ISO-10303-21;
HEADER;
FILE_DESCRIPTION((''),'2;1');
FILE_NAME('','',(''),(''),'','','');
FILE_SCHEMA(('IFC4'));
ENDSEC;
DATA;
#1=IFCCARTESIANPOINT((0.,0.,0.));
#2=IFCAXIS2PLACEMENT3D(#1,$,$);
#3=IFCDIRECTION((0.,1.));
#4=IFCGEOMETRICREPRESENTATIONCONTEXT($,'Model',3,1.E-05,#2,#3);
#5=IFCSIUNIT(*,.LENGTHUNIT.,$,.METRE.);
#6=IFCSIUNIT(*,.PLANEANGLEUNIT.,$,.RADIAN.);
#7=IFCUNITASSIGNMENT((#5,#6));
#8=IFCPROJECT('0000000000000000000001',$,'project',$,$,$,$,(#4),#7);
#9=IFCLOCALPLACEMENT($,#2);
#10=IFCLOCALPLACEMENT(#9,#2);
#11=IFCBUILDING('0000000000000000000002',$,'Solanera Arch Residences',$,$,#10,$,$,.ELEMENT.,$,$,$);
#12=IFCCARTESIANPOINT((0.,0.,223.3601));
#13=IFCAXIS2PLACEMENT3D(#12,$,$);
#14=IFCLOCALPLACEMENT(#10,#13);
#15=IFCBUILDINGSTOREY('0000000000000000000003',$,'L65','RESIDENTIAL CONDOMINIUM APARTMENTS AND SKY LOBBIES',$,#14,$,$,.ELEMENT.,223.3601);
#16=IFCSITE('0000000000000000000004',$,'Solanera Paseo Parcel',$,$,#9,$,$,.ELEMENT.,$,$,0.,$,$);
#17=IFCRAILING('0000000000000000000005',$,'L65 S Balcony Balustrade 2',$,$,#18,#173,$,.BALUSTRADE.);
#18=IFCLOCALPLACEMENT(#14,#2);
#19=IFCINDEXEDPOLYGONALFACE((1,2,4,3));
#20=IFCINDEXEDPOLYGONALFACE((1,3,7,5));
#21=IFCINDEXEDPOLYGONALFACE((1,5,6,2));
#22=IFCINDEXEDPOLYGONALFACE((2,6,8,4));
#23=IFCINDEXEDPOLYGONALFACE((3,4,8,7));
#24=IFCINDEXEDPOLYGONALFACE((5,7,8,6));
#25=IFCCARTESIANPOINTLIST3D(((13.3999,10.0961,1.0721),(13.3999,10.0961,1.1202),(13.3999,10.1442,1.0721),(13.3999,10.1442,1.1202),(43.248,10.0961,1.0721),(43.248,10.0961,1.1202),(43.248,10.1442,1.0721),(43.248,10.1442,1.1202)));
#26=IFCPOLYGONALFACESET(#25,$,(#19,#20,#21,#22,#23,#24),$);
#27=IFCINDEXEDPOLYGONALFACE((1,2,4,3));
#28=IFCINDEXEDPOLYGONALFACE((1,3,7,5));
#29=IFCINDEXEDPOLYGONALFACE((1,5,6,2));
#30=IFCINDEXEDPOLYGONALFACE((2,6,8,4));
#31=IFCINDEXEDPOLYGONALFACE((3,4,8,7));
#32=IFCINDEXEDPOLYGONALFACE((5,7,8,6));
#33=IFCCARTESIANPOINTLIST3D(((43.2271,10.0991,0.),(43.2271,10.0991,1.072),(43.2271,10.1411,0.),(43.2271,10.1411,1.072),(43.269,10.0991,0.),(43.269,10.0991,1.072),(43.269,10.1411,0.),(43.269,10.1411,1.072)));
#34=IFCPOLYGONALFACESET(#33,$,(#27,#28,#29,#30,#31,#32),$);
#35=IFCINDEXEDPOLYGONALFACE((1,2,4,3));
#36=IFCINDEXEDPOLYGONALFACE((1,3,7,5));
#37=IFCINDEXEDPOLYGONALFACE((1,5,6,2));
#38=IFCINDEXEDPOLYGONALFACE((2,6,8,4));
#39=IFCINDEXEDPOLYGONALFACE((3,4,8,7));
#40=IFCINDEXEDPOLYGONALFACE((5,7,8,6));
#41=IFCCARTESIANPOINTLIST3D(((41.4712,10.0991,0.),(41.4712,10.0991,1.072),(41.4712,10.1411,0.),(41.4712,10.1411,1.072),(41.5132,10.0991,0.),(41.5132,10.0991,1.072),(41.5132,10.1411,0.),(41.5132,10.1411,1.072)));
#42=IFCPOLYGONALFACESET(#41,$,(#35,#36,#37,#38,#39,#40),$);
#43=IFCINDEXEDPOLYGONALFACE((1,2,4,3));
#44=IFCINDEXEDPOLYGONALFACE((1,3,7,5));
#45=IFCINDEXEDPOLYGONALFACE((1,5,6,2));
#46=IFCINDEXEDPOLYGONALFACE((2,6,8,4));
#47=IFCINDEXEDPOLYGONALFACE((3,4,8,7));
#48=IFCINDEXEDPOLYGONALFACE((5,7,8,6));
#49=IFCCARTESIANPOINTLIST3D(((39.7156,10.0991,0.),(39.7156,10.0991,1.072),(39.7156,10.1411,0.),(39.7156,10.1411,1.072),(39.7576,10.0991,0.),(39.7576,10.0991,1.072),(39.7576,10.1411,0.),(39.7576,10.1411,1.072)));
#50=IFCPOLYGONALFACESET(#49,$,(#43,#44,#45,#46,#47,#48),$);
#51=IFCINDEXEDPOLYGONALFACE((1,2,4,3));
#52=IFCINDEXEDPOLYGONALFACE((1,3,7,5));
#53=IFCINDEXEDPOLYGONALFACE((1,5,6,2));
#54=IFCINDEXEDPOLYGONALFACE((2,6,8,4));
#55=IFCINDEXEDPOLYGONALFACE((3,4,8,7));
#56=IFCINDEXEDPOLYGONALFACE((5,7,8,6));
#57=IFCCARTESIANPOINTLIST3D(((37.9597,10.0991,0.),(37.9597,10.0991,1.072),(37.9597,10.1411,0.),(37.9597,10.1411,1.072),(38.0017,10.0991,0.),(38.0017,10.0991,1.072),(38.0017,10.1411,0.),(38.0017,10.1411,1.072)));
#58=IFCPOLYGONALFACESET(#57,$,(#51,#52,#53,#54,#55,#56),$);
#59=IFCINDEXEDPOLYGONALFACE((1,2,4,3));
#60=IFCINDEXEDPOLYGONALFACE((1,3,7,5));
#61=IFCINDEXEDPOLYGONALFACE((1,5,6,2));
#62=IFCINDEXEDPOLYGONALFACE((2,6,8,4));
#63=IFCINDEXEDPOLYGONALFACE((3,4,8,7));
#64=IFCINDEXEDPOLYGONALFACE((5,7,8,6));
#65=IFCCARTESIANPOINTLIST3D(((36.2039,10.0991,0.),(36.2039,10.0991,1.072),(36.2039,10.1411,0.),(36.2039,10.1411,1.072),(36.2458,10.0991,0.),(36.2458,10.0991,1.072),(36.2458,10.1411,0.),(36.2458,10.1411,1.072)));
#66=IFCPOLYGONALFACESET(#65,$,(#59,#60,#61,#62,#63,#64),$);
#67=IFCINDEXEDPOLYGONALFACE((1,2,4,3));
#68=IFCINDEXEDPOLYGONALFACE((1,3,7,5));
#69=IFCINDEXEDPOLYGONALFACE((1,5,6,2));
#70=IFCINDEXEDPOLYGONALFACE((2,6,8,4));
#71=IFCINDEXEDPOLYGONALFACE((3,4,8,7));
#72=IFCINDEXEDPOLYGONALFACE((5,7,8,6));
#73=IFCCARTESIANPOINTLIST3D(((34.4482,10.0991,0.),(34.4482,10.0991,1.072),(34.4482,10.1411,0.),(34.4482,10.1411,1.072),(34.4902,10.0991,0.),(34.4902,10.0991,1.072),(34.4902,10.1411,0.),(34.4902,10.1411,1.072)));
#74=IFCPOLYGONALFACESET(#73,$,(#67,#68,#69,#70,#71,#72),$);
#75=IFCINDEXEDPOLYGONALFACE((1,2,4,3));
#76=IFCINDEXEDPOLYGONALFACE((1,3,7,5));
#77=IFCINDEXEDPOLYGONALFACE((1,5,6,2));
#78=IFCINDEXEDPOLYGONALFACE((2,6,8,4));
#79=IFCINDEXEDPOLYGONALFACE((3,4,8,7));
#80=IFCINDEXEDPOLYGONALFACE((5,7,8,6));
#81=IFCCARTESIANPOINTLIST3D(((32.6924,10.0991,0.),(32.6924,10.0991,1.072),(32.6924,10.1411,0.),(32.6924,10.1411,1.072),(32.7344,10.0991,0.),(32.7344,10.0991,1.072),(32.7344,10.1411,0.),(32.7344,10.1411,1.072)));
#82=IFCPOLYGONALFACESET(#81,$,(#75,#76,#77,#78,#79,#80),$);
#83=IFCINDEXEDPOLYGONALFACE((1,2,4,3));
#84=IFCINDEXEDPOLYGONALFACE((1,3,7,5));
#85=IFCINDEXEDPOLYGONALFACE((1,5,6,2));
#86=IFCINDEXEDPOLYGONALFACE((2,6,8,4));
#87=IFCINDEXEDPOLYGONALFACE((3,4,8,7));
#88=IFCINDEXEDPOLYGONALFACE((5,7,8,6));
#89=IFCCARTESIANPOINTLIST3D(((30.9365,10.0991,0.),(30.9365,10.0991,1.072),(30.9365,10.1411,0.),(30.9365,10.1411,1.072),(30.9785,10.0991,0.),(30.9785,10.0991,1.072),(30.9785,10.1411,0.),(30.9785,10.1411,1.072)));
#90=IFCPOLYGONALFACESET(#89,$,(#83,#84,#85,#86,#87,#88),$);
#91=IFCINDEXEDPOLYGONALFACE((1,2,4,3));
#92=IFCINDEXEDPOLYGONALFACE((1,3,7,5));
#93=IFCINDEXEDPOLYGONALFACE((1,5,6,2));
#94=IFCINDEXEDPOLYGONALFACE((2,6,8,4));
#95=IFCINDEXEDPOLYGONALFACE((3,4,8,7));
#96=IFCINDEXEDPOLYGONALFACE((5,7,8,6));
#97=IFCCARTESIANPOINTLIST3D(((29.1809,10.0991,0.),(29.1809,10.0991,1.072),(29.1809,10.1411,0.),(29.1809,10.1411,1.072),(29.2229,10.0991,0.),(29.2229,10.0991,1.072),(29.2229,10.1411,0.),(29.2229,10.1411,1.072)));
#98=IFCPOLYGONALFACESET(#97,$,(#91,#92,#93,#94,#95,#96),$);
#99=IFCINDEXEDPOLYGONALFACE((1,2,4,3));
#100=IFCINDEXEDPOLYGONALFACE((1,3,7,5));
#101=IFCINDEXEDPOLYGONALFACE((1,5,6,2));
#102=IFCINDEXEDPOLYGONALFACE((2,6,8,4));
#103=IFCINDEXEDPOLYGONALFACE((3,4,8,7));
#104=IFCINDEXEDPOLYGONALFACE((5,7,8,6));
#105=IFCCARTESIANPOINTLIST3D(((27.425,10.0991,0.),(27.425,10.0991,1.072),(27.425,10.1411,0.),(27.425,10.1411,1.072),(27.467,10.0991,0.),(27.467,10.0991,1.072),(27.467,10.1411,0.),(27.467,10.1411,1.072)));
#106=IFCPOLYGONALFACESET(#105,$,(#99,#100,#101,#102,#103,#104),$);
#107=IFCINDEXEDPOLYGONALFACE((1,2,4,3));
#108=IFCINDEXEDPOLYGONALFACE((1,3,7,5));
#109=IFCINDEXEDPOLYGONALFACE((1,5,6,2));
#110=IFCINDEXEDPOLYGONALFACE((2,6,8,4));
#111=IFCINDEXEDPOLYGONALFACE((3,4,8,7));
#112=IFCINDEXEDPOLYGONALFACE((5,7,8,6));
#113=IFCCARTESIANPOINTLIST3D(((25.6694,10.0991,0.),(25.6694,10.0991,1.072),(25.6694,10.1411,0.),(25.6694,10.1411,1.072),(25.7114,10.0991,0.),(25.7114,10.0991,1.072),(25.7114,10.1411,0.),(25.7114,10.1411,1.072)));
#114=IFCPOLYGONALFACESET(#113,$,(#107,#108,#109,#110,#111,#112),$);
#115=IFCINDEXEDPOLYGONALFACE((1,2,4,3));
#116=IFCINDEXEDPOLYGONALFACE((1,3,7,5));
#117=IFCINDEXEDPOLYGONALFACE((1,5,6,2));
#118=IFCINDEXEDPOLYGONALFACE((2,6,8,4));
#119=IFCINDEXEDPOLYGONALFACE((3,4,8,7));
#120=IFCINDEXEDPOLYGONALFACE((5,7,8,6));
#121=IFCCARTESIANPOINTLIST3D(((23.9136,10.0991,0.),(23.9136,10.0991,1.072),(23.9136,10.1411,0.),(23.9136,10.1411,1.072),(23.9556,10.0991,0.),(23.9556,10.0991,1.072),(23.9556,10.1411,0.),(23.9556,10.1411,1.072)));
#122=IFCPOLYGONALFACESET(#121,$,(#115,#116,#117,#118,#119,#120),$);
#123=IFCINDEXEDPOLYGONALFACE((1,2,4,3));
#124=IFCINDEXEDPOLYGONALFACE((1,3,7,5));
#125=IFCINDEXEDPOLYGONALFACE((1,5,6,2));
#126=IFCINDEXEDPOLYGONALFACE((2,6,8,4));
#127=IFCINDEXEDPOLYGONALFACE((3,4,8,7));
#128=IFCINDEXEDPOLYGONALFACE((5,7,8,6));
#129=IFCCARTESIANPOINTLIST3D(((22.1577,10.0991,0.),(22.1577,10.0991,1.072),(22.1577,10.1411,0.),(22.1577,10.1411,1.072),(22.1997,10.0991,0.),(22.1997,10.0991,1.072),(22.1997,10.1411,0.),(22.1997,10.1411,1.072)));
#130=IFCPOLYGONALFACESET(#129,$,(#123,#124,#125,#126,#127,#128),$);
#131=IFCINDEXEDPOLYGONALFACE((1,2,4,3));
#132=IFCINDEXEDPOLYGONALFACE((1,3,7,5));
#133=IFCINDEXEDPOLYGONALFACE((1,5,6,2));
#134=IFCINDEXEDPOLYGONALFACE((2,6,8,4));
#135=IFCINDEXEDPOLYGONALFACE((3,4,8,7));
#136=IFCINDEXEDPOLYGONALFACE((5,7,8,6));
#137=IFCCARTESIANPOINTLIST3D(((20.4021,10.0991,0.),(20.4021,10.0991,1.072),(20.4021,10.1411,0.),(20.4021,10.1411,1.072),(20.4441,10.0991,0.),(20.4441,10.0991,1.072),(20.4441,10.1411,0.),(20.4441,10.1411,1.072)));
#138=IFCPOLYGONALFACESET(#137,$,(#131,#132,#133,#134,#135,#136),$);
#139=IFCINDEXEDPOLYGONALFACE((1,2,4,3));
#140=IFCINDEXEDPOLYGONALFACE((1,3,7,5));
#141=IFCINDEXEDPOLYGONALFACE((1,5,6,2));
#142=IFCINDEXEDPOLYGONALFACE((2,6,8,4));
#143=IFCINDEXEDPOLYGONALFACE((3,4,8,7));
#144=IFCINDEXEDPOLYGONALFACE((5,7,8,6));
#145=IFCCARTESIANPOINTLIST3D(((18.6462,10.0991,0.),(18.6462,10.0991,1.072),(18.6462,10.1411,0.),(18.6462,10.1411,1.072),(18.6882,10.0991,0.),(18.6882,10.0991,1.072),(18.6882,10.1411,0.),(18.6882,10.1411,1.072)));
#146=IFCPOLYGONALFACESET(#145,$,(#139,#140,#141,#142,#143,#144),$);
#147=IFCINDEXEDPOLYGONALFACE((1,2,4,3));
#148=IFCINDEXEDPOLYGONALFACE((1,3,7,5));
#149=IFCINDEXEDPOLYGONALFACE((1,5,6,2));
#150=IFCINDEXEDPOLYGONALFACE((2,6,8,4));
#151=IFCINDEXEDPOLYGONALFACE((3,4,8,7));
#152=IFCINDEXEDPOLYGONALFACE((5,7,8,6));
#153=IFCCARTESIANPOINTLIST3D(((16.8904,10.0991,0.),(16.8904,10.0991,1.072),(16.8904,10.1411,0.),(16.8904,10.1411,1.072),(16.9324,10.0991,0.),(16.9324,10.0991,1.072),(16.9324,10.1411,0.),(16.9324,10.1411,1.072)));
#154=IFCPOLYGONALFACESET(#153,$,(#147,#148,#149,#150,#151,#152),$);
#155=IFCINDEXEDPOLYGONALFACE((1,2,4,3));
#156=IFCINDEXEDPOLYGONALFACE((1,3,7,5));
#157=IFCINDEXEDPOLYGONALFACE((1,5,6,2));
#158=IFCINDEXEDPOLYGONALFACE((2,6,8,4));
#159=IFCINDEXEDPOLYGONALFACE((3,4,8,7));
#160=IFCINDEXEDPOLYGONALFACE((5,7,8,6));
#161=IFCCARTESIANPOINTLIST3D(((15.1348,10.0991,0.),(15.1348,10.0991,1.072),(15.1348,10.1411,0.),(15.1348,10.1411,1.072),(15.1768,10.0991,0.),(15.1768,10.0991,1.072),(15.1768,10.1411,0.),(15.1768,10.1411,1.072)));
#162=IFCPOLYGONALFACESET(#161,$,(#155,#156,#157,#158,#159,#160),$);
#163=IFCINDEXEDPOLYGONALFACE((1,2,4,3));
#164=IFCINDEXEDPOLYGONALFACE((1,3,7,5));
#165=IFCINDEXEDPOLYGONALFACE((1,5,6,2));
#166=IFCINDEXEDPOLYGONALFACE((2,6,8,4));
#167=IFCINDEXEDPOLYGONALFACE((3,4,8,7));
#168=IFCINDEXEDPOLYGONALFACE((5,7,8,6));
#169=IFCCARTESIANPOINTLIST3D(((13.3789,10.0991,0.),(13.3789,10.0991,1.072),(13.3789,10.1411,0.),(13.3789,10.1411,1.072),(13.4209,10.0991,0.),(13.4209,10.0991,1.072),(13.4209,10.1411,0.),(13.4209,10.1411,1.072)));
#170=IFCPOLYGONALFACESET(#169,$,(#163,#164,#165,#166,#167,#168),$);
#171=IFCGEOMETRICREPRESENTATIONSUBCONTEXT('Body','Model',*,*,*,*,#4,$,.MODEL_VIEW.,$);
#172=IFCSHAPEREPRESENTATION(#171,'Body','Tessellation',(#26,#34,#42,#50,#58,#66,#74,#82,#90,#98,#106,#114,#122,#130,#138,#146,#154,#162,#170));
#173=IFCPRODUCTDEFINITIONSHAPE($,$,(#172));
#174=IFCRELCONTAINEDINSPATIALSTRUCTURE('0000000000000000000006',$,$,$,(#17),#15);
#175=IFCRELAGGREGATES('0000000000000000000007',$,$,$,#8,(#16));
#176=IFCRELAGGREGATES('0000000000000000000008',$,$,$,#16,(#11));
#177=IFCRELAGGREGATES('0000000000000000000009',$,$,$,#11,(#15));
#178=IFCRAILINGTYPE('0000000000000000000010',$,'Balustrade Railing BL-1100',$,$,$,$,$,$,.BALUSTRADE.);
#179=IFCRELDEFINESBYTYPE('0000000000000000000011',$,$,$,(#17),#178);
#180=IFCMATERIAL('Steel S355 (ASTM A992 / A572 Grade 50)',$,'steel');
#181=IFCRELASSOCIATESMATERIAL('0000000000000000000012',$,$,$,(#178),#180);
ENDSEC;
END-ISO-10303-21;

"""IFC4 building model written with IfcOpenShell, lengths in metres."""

from ifc_helpers import new_model, si_unit, direction, frame, origin, origin_2d, place, context, subcontext, project, spatial, rectangle, extrude, material, type_object, element, save


model = new_model("IFC4")

# Units and contexts
model_context = context("Model", 3, precision=1e-05, world=origin(), true_north=direction((0.0, 1.0)))
body_context = subcontext(model_context, "Body", "Model", "MODEL_VIEW")
ifc_project = project(units=[si_unit("LENGTHUNIT", "METRE"), si_unit("PLANEANGLEUNIT", "RADIAN")], contexts=[model_context])

# Site, building, storey
site_placement = place(None, origin())
site = spatial("IfcSite", under=ifc_project, at=site_placement, Name="Solanera Paseo Parcel", CompositionType="ELEMENT", RefElevation=0.0)
building_placement = place(site_placement, origin())
building = spatial("IfcBuilding", under=site, at=building_placement, Name="Solanera Arch Residences", CompositionType="ELEMENT")
storey_placement = place(building_placement, frame((0.0, 0.0, 223.3601)))
storey = spatial("IfcBuildingStorey", under=building, at=storey_placement, Name="L65", Description="RESIDENTIAL CONDOMINIUM APARTMENTS AND SKY LOBBIES", CompositionType="ELEMENT", Elevation=223.3601)

# Railing
ifc_material_1 = material(Name="Steel S355 (ASTM A992 / A572 Grade 50)", Category="steel")
railing_type = type_object("IfcRailingType", Name="Balustrade Railing BL-1100", PredefinedType="BALUSTRADE", material=ifc_material_1)
railing_1_placement = place(storey_placement, frame((43.248, 10.1201, 0.0)))
element("IfcRailing", 1, at=railing_1_placement, inside=storey, type_object=railing_type, Name="L65 S Balcony Balustrade 2", PredefinedType="BALUSTRADE", context=body_context, shape_type="SweptSolid", body=[
    extrude(rectangle(XDim=0.0481, YDim=0.0481, at=origin_2d()), frame((0.0, 0.0, 1.0962), z_axis=(-1.0, 0.0, 0.0), x_axis=(0.0, -1.0, 0.0)), (0.0, 0.0, 1.0), 29.8481),
    extrude(rectangle(XDim=0.042, YDim=0.042, at=origin_2d()), origin(), (0.0, 0.0, 1.0), 1.072),
    extrude(rectangle(XDim=0.042, YDim=0.042, at=origin_2d()), frame((-1.7559, 0.0, 0.0)), (0.0, 0.0, 1.0), 1.072),
    extrude(rectangle(XDim=0.042, YDim=0.042, at=origin_2d()), frame((-3.5115, 0.0, 0.0)), (0.0, 0.0, 1.0), 1.072),
    extrude(rectangle(XDim=0.042, YDim=0.042, at=origin_2d()), frame((-5.2673, 0.0, 0.0)), (0.0, 0.0, 1.0), 1.072),
    extrude(rectangle(XDim=0.042, YDim=0.042, at=origin_2d()), frame((-7.0232, 0.0, 0.0)), (0.0, 0.0, 1.0), 1.072),
    extrude(rectangle(XDim=0.042, YDim=0.042, at=origin_2d()), frame((-8.7788, 0.0, 0.0)), (0.0, 0.0, 1.0), 1.072),
    extrude(rectangle(XDim=0.042, YDim=0.042, at=origin_2d()), frame((-10.5347, 0.0, 0.0)), (0.0, 0.0, 1.0), 1.072),
    extrude(rectangle(XDim=0.042, YDim=0.042, at=origin_2d()), frame((-12.2905, 0.0, 0.0)), (0.0, 0.0, 1.0), 1.072),
    extrude(rectangle(XDim=0.042, YDim=0.042, at=origin_2d()), frame((-14.0461, 0.0, 0.0)), (0.0, 0.0, 1.0), 1.072),
    extrude(rectangle(XDim=0.042, YDim=0.042, at=origin_2d()), frame((-15.802, 0.0, 0.0)), (0.0, 0.0, 1.0), 1.072),
    extrude(rectangle(XDim=0.042, YDim=0.042, at=origin_2d()), frame((-17.5576, 0.0, 0.0)), (0.0, 0.0, 1.0), 1.072),
    extrude(rectangle(XDim=0.042, YDim=0.042, at=origin_2d()), frame((-19.3135, 0.0, 0.0)), (0.0, 0.0, 1.0), 1.072),
    extrude(rectangle(XDim=0.042, YDim=0.042, at=origin_2d()), frame((-21.0693, 0.0, 0.0)), (0.0, 0.0, 1.0), 1.072),
    extrude(rectangle(XDim=0.042, YDim=0.042, at=origin_2d()), frame((-22.825, 0.0, 0.0)), (0.0, 0.0, 1.0), 1.072),
    extrude(rectangle(XDim=0.042, YDim=0.042, at=origin_2d()), frame((-24.5808, 0.0, 0.0)), (0.0, 0.0, 1.0), 1.072),
    extrude(rectangle(XDim=0.042, YDim=0.042, at=origin_2d()), frame((-26.3367, 0.0, 0.0)), (0.0, 0.0, 1.0), 1.072),
    extrude(rectangle(XDim=0.042, YDim=0.042, at=origin_2d()), frame((-28.0923, 0.0, 0.0)), (0.0, 0.0, 1.0), 1.072),
    extrude(rectangle(XDim=0.042, YDim=0.042, at=origin_2d()), frame((-29.8481, 0.0, 0.0)), (0.0, 0.0, 1.0), 1.072),
])

save(model, "model.ifc")
